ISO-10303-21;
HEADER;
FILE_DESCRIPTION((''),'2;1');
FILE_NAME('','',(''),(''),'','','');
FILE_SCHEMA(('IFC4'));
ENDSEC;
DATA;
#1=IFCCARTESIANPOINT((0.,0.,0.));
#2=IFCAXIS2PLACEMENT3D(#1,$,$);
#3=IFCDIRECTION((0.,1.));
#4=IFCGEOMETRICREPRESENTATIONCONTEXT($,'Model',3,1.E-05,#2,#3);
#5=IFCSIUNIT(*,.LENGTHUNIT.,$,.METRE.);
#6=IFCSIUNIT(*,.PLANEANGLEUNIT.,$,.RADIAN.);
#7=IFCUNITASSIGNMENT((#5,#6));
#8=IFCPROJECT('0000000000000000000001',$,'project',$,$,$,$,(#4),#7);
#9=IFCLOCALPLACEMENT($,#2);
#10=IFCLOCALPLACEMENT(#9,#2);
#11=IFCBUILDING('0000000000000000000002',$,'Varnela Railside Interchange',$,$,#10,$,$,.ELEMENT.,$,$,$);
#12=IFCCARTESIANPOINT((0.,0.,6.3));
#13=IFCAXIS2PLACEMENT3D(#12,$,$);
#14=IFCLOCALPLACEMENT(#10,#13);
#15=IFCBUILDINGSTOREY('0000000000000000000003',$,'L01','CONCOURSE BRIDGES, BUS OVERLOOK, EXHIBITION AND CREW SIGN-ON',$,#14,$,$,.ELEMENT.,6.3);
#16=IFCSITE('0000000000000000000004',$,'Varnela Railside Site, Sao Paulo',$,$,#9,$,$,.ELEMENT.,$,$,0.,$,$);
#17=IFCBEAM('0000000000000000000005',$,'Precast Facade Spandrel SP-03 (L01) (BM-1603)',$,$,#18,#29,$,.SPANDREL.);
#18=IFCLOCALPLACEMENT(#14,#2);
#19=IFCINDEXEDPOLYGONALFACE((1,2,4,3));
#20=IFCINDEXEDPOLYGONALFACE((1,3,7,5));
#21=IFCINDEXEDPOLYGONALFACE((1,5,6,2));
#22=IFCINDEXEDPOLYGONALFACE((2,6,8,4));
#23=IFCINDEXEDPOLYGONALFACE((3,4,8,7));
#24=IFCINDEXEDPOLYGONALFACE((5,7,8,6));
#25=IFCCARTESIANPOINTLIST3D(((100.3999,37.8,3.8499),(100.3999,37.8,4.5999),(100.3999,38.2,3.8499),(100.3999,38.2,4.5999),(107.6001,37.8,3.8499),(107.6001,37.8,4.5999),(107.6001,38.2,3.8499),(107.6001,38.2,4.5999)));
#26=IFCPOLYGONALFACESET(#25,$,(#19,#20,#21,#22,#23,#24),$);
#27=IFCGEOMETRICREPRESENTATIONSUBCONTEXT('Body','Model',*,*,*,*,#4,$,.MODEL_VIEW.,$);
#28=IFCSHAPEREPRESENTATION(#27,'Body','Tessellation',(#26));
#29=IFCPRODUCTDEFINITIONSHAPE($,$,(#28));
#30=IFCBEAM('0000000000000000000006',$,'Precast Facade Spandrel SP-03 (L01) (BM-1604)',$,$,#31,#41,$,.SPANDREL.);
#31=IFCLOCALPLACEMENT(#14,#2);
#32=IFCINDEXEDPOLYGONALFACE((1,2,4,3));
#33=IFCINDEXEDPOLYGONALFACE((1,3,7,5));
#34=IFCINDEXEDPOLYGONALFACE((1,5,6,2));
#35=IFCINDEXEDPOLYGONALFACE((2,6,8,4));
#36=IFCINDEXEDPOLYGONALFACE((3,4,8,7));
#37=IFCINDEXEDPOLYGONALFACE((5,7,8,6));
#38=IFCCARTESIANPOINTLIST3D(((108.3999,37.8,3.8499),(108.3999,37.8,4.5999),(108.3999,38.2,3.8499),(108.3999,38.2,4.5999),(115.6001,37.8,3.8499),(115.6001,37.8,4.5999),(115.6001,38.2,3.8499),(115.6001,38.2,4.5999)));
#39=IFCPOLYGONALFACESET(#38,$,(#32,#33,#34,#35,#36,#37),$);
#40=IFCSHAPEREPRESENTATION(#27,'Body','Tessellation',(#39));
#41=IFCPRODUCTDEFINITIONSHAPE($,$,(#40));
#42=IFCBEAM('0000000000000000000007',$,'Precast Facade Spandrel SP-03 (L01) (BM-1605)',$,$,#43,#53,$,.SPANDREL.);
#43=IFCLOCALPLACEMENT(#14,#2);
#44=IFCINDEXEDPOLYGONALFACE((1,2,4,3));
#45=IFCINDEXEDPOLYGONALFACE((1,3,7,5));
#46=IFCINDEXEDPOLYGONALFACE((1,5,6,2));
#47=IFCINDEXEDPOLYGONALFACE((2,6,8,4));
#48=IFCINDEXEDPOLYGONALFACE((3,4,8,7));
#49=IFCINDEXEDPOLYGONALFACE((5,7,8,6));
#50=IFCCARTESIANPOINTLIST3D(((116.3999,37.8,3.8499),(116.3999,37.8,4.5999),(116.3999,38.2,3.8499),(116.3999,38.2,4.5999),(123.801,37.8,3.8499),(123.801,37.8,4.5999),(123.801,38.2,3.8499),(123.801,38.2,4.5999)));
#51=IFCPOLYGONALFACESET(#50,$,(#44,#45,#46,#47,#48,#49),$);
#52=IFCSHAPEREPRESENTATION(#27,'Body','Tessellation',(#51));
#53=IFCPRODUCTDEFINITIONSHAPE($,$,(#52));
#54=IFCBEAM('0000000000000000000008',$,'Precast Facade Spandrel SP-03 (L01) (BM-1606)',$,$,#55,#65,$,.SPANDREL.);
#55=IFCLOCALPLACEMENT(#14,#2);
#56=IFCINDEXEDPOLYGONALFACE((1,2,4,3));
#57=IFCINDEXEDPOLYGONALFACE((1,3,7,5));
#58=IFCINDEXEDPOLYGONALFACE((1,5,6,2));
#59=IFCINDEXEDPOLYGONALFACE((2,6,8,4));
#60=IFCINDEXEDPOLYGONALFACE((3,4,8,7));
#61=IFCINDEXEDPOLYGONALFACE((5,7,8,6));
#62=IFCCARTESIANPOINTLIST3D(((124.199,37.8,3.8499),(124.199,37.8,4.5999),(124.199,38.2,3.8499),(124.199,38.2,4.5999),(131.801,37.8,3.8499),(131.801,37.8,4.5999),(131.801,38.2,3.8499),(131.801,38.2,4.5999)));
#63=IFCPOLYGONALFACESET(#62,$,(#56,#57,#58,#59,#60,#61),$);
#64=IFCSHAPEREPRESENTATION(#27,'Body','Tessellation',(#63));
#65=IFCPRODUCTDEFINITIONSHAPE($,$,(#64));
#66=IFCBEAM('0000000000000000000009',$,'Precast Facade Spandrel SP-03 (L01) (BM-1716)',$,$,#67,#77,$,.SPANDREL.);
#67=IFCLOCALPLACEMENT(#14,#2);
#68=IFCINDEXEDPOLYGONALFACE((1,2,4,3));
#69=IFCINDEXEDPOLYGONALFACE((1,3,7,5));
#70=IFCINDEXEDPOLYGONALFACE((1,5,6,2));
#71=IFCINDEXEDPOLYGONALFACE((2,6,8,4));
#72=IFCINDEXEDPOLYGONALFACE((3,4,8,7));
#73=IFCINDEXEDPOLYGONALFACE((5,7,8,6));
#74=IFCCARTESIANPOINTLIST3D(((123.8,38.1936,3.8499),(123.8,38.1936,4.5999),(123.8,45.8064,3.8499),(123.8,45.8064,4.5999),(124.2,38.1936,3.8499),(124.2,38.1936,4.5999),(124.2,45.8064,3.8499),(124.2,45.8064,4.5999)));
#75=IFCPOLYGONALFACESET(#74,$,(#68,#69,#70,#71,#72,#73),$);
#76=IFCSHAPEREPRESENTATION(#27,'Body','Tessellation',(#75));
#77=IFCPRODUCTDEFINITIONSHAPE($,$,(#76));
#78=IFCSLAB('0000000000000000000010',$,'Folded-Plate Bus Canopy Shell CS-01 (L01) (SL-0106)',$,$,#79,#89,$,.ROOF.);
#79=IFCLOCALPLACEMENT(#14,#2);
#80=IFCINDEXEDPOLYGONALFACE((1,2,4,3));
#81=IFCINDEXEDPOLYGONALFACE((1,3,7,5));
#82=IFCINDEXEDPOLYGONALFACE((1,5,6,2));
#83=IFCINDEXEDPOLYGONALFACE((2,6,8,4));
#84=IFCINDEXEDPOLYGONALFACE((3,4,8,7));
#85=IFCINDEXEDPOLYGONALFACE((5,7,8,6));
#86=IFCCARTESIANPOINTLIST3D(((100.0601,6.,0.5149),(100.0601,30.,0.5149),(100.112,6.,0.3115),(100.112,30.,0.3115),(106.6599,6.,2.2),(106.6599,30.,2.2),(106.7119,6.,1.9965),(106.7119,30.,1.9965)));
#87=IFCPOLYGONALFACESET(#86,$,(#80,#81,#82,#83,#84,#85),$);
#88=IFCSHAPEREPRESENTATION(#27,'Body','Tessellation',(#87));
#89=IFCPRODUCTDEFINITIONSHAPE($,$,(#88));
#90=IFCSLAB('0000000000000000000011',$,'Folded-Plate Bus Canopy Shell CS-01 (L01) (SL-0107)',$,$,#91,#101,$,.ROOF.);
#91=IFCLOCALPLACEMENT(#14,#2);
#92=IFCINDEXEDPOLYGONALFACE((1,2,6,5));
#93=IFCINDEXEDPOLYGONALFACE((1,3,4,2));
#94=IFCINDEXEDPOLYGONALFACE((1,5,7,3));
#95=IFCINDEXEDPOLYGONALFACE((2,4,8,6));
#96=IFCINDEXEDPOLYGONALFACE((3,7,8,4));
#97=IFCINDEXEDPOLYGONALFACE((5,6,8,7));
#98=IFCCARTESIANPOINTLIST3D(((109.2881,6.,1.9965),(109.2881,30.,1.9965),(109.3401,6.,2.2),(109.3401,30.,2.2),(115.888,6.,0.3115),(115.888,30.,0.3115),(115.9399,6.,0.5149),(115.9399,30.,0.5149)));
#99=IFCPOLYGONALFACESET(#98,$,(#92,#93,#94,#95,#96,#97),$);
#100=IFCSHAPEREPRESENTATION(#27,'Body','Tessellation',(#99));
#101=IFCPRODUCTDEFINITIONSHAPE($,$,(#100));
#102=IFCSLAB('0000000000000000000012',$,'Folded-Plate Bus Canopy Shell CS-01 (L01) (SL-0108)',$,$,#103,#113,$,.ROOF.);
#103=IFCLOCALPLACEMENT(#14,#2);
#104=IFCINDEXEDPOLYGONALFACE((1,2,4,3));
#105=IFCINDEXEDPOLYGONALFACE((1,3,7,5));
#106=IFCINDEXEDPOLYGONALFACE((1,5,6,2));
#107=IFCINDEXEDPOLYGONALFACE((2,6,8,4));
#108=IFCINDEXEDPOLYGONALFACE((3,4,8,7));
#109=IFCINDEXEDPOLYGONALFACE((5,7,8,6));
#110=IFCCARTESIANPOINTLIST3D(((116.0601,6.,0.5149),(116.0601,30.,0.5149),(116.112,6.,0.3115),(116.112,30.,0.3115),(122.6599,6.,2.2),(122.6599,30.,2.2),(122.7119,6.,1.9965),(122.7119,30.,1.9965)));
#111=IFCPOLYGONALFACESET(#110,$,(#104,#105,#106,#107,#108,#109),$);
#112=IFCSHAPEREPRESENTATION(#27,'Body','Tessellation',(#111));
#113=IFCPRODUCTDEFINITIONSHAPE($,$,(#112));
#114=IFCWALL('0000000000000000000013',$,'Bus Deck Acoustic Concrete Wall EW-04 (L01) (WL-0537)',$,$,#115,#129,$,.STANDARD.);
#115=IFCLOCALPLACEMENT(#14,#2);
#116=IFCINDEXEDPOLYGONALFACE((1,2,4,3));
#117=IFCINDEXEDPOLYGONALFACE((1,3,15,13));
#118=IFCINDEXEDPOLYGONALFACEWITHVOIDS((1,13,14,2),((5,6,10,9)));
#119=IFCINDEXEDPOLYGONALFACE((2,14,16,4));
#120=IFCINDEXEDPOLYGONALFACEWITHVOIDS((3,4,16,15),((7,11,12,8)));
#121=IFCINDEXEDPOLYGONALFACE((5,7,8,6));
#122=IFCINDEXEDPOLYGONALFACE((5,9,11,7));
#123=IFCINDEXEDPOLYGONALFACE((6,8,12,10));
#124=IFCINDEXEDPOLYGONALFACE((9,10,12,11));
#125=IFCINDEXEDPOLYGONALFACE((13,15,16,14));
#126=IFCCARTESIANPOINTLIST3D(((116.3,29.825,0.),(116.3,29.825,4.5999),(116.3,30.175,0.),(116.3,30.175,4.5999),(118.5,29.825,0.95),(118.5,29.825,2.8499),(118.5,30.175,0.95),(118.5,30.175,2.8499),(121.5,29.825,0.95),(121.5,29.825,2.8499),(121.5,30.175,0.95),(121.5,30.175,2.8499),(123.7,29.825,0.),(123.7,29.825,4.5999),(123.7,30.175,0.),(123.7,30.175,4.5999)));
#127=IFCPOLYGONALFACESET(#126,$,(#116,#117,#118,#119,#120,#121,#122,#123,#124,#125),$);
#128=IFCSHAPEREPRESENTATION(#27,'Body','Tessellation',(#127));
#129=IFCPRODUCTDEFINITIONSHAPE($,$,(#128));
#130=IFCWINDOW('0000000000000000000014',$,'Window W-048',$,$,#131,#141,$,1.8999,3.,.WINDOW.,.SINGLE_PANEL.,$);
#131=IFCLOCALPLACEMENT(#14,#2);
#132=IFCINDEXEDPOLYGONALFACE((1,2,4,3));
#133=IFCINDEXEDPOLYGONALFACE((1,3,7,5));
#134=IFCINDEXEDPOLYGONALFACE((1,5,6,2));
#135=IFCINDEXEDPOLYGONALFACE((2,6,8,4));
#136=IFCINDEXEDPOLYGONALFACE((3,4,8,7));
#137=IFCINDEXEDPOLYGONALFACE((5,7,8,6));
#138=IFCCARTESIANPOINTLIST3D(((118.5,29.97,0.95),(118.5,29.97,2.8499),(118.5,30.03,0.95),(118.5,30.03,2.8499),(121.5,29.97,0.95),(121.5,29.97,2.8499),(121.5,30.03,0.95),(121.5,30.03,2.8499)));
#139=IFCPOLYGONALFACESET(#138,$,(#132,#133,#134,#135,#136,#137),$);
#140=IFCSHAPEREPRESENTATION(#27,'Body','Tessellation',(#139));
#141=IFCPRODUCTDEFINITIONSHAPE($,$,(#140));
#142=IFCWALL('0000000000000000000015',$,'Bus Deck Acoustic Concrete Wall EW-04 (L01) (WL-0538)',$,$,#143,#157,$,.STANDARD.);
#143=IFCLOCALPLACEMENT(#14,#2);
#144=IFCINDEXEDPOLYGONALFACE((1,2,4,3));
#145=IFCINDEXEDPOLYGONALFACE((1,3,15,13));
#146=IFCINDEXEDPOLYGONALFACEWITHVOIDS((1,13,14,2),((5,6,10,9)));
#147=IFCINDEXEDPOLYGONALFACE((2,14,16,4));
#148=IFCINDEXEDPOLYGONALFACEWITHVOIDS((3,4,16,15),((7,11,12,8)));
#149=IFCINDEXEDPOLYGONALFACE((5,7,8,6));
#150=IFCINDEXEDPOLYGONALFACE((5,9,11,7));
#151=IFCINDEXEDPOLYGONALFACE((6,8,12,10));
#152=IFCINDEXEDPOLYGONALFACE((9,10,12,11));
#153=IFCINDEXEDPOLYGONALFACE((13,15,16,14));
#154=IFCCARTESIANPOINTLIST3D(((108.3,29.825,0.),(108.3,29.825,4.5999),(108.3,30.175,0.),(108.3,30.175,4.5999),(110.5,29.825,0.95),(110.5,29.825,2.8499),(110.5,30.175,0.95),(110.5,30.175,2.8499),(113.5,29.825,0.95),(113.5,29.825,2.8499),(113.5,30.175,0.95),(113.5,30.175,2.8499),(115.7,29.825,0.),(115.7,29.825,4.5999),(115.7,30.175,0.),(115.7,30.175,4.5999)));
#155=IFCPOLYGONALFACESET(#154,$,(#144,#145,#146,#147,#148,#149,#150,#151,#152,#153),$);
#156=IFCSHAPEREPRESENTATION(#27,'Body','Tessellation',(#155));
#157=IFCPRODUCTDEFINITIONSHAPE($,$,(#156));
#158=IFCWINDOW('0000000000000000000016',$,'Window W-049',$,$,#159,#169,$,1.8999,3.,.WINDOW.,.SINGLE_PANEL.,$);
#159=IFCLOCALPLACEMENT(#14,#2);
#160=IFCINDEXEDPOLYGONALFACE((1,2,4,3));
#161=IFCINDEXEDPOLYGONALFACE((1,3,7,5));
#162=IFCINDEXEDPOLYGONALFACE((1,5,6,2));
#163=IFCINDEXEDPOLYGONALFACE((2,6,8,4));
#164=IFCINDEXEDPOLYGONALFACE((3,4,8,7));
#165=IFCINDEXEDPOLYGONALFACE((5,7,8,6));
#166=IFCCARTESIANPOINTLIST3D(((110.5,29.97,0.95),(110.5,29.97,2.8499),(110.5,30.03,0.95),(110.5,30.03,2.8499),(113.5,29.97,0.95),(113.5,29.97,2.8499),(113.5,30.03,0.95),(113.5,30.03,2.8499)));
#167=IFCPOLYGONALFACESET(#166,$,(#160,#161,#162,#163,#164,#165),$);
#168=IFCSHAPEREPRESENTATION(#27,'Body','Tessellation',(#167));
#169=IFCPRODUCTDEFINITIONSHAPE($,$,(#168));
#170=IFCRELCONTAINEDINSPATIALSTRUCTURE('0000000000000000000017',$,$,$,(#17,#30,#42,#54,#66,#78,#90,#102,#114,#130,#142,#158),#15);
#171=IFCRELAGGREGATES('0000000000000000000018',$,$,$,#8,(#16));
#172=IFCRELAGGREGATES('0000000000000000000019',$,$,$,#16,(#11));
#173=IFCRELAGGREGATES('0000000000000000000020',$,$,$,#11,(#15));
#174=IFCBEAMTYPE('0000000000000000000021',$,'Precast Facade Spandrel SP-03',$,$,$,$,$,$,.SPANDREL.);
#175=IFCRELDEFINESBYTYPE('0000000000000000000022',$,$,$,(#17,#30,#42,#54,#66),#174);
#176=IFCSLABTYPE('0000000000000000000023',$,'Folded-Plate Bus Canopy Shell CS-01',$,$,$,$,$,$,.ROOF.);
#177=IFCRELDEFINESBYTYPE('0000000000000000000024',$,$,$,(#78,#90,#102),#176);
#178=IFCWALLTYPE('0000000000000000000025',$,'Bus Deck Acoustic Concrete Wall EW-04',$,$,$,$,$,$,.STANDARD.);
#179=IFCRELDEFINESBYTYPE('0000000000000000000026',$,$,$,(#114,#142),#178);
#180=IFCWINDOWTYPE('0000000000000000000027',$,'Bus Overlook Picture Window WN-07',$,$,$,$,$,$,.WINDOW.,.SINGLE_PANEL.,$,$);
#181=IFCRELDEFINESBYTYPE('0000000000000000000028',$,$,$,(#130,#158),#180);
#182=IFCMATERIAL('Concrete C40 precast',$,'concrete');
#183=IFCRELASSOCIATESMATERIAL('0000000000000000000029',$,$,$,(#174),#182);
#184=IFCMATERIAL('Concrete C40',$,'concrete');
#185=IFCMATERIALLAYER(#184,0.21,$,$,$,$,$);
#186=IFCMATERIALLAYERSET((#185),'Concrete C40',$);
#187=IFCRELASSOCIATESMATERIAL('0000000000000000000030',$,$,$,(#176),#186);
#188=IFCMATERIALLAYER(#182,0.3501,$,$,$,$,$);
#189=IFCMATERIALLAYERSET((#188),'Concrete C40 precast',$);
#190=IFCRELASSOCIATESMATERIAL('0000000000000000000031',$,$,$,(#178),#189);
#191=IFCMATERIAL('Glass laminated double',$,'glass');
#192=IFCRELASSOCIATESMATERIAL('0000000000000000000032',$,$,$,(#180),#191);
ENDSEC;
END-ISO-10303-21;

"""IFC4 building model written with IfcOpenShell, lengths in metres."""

from ifc_helpers import new_model, si_unit, direction, frame, frame_2d, origin, origin_2d, place, context, subcontext, project, spatial, polyline, rectangle, outline, extrude, material, layer, layer_set, material_profile, profile_set, type_object, element, fill, save


model = new_model("IFC4")

# Units and contexts
model_context = context("Model", 3, precision=1e-05, world=origin(), true_north=direction((0.0, 1.0)))
body_context = subcontext(model_context, "Body", "Model", "MODEL_VIEW")
ifc_project = project(units=[si_unit("LENGTHUNIT", "METRE"), si_unit("PLANEANGLEUNIT", "RADIAN")], contexts=[model_context])

# Site, building, storey
site_placement = place(None, origin())
site = spatial("IfcSite", under=ifc_project, at=site_placement, Name="Varnela Railside Site, Sao Paulo", CompositionType="ELEMENT", RefElevation=0.0)
building_placement = place(site_placement, origin())
building = spatial("IfcBuilding", under=site, at=building_placement, Name="Varnela Railside Interchange", CompositionType="ELEMENT")
storey_placement = place(building_placement, frame((0.0, 0.0, 6.3)))
storey = spatial("IfcBuildingStorey", under=building, at=storey_placement, Name="L01", Description="CONCOURSE BRIDGES, BUS OVERLOOK, EXHIBITION AND CREW SIGN-ON", CompositionType="ELEMENT", Elevation=6.3)

# Beams
ifc_material_1 = material(Name="Concrete C40 precast", Category="concrete")
ifc_material_profile_1 = material_profile(ifc_material_1, rectangle(XDim=0.3999, YDim=0.75, at=origin_2d()), Name="PC 400x750")
ifc_profile_set_1 = profile_set([ifc_material_profile_1], Name="Concrete C40 precast")
beam_type_1 = type_object("IfcBeamType", Name="Precast Facade Spandrel SP-03", PredefinedType="SPANDREL", material=ifc_profile_set_1)
for number, where, z_axis, x_axis, name in (
    (1, (100.3999, 38.0, 4.2249), (1.0, 0.0, 0.0), (0.0, 1.0, 0.0), "Precast Facade Spandrel SP-03 (L01) (BM-1603)"),
    (2, (108.3999, 38.0, 4.2249), (1.0, 0.0, 0.0), (0.0, 1.0, 0.0), "Precast Facade Spandrel SP-03 (L01) (BM-1604)"),
):
    element("IfcBeam", number, at=place(storey_placement, frame(where, z_axis=z_axis, x_axis=x_axis)), inside=storey, type_object=beam_type_1, Name=name, PredefinedType="SPANDREL", context=body_context, shape_type="SweptSolid", body=[
        extrude(rectangle(XDim=0.3999, YDim=0.75, at=origin_2d()), origin(), (0.0, 0.0, 1.0), 7.2002),
    ])
beam_1_placement = place(storey_placement, frame((116.3999, 38.0, 4.2249), z_axis=(1.0, 0.0, 0.0), x_axis=(0.0, 1.0, 0.0)))
element("IfcBeam", 3, at=beam_1_placement, inside=storey, type_object=beam_type_1, Name="Precast Facade Spandrel SP-03 (L01) (BM-1605)", PredefinedType="SPANDREL", context=body_context, shape_type="SweptSolid", body=[
    extrude(rectangle(XDim=0.3999, YDim=0.75, at=origin_2d()), origin(), (0.0, 0.0, 1.0), 7.4011),
])
beam_2_placement = place(storey_placement, frame((124.199, 38.0, 4.2249), z_axis=(1.0, 0.0, 0.0), x_axis=(0.0, 1.0, 0.0)))
element("IfcBeam", 4, at=beam_2_placement, inside=storey, type_object=beam_type_1, Name="Precast Facade Spandrel SP-03 (L01) (BM-1606)", PredefinedType="SPANDREL", context=body_context, shape_type="SweptSolid", body=[
    extrude(rectangle(XDim=0.3999, YDim=0.75, at=origin_2d()), origin(), (0.0, 0.0, 1.0), 7.6021),
])
beam_3_placement = place(storey_placement, frame((124.0, 38.1936, 4.2249), z_axis=(0.0, 1.0, 0.0), x_axis=(-1.0, 0.0, 0.0)))
element("IfcBeam", 5, at=beam_3_placement, inside=storey, type_object=beam_type_1, Name="Precast Facade Spandrel SP-03 (L01) (BM-1716)", PredefinedType="SPANDREL", context=body_context, shape_type="SweptSolid", body=[
    extrude(rectangle(XDim=0.3999, YDim=0.75, at=origin_2d()), origin(), (0.0, 0.0, 1.0), 7.6128),
])

# Slabs
ifc_material_2 = material(Name="Concrete C40", Category="concrete")
ifc_layer_1 = layer(ifc_material_2, 0.21)
ifc_layer_set_1 = layer_set([ifc_layer_1], Name="Concrete C40")
slab_type = type_object("IfcSlabType", Name="Folded-Plate Bus Canopy Shell CS-01", PredefinedType="ROOF", material=ifc_layer_set_1)
for number, where, z_axis, x_axis, name in (
    (6, (100.0601, 6.0, 0.5149), (-0.247382, 0.0, 0.968918), (0.968918, 0.0, 0.247382), "Folded-Plate Bus Canopy Shell CS-01 (L01) (SL-0106)"),
    (7, (109.3401, 6.0, 2.2), (0.247382, 0.0, 0.968918), (0.968918, 0.0, -0.247382), "Folded-Plate Bus Canopy Shell CS-01 (L01) (SL-0107)"),
    (8, (116.0601, 6.0, 0.5149), (-0.247382, 0.0, 0.968918), (0.968918, 0.0, 0.247382), "Folded-Plate Bus Canopy Shell CS-01 (L01) (SL-0108)"),
):
    element("IfcSlab", number, at=place(storey_placement, frame(where, z_axis=z_axis, x_axis=x_axis)), inside=storey, type_object=slab_type, Name=name, PredefinedType="ROOF", context=body_context, shape_type="SweptSolid", body=[
        extrude(outline(polyline([(0.0, 0.0), (6.8116, 0.0), (6.8116, 24.0), (0.0, 24.0), (0.0, 0.0)])), origin(), (0.0, 0.0, -1.0), 0.21),
    ])

# Walls, openings, windows
ifc_layer_2 = layer(ifc_material_1, 0.3501)
ifc_layer_set_2 = layer_set([ifc_layer_2], Name="Concrete C40 precast")
wall_type_1 = type_object("IfcWallType", Name="Bus Deck Acoustic Concrete Wall EW-04", PredefinedType="STANDARD", material=ifc_layer_set_2)
wall_1_placement = place(storey_placement, frame((123.7, 30.0, 0.0), z_axis=(0.0, 0.0, 1.0), x_axis=(-1.0, 0.0, 0.0)))
wall_1 = element("IfcWall", 9, at=wall_1_placement, inside=storey, type_object=wall_type_1, Name="Bus Deck Acoustic Concrete Wall EW-04 (L01) (WL-0537)", PredefinedType="STANDARD", context=body_context, shape_type="SweptSolid", body=[
    extrude(rectangle(XDim=7.3999, YDim=0.3501, at=frame_2d((3.7, 0.0))), origin(), (0.0, 0.0, 1.0), 4.5999),
])
opening_1_placement = place(wall_1_placement, frame((2.2, 0.0, 0.95)))
opening_1 = element("IfcOpeningElement", 10, at=opening_1_placement, cuts=wall_1, PredefinedType="OPENING", context=body_context, shape_type="SweptSolid", body=[
    extrude(rectangle(XDim=3.0, YDim=1.8999, at=frame_2d((1.5, 0.95))), frame((0.0, 0.1851, 0.0), z_axis=(0.0, -1.0, 0.0), x_axis=(1.0, 0.0, 0.0)), (0.0, 0.0, 1.0), 0.3701),
])
ifc_material_3 = material(Name="Glass laminated double", Category="glass")
window_type = type_object("IfcWindowType", Name="Bus Overlook Picture Window WN-07", PartitioningType="SINGLE_PANEL", PredefinedType="WINDOW", material=ifc_material_3)
window_1_placement = place(opening_1_placement, origin())
window_1 = element("IfcWindow", 11, at=window_1_placement, inside=storey, type_object=window_type, Name="Window W-048", OverallHeight=1.8999, OverallWidth=3.0, PartitioningType="SINGLE_PANEL", PredefinedType="WINDOW", context=body_context, shape_type="SweptSolid", body=[
    extrude(rectangle(XDim=3.0, YDim=1.8999, at=frame_2d((1.5, 0.95))), frame((0.0, 0.03, 0.0), z_axis=(0.0, -1.0, 0.0), x_axis=(1.0, 0.0, 0.0)), (0.0, 0.0, 1.0), 0.0601),
])
fill(opening_1, window_1)
wall_2_placement = place(storey_placement, frame((115.7, 30.0, 0.0), z_axis=(0.0, 0.0, 1.0), x_axis=(-1.0, 0.0, 0.0)))
wall_2 = element("IfcWall", 12, at=wall_2_placement, inside=storey, type_object=wall_type_1, Name="Bus Deck Acoustic Concrete Wall EW-04 (L01) (WL-0538)", PredefinedType="STANDARD", context=body_context, shape_type="SweptSolid", body=[
    extrude(rectangle(XDim=7.3999, YDim=0.3501, at=frame_2d((3.7, 0.0))), origin(), (0.0, 0.0, 1.0), 4.5999),
])
opening_2_placement = place(wall_2_placement, frame((2.2, 0.0, 0.95)))
opening_2 = element("IfcOpeningElement", 13, at=opening_2_placement, cuts=wall_2, PredefinedType="OPENING", context=body_context, shape_type="SweptSolid", body=[
    extrude(rectangle(XDim=3.0, YDim=1.8999, at=frame_2d((1.5, 0.95))), frame((0.0, 0.1851, 0.0), z_axis=(0.0, -1.0, 0.0), x_axis=(1.0, 0.0, 0.0)), (0.0, 0.0, 1.0), 0.3701),
])
window_2_placement = place(opening_2_placement, origin())
window_2 = element("IfcWindow", 14, at=window_2_placement, inside=storey, type_object=window_type, Name="Window W-049", OverallHeight=1.8999, OverallWidth=3.0, PartitioningType="SINGLE_PANEL", PredefinedType="WINDOW", context=body_context, shape_type="SweptSolid", body=[
    extrude(rectangle(XDim=3.0, YDim=1.8999, at=frame_2d((1.5, 0.95))), frame((0.0, 0.03, 0.0), z_axis=(0.0, -1.0, 0.0), x_axis=(1.0, 0.0, 0.0)), (0.0, 0.0, 1.0), 0.0601),
])
fill(opening_2, window_2)

save(model, "model.ifc")
